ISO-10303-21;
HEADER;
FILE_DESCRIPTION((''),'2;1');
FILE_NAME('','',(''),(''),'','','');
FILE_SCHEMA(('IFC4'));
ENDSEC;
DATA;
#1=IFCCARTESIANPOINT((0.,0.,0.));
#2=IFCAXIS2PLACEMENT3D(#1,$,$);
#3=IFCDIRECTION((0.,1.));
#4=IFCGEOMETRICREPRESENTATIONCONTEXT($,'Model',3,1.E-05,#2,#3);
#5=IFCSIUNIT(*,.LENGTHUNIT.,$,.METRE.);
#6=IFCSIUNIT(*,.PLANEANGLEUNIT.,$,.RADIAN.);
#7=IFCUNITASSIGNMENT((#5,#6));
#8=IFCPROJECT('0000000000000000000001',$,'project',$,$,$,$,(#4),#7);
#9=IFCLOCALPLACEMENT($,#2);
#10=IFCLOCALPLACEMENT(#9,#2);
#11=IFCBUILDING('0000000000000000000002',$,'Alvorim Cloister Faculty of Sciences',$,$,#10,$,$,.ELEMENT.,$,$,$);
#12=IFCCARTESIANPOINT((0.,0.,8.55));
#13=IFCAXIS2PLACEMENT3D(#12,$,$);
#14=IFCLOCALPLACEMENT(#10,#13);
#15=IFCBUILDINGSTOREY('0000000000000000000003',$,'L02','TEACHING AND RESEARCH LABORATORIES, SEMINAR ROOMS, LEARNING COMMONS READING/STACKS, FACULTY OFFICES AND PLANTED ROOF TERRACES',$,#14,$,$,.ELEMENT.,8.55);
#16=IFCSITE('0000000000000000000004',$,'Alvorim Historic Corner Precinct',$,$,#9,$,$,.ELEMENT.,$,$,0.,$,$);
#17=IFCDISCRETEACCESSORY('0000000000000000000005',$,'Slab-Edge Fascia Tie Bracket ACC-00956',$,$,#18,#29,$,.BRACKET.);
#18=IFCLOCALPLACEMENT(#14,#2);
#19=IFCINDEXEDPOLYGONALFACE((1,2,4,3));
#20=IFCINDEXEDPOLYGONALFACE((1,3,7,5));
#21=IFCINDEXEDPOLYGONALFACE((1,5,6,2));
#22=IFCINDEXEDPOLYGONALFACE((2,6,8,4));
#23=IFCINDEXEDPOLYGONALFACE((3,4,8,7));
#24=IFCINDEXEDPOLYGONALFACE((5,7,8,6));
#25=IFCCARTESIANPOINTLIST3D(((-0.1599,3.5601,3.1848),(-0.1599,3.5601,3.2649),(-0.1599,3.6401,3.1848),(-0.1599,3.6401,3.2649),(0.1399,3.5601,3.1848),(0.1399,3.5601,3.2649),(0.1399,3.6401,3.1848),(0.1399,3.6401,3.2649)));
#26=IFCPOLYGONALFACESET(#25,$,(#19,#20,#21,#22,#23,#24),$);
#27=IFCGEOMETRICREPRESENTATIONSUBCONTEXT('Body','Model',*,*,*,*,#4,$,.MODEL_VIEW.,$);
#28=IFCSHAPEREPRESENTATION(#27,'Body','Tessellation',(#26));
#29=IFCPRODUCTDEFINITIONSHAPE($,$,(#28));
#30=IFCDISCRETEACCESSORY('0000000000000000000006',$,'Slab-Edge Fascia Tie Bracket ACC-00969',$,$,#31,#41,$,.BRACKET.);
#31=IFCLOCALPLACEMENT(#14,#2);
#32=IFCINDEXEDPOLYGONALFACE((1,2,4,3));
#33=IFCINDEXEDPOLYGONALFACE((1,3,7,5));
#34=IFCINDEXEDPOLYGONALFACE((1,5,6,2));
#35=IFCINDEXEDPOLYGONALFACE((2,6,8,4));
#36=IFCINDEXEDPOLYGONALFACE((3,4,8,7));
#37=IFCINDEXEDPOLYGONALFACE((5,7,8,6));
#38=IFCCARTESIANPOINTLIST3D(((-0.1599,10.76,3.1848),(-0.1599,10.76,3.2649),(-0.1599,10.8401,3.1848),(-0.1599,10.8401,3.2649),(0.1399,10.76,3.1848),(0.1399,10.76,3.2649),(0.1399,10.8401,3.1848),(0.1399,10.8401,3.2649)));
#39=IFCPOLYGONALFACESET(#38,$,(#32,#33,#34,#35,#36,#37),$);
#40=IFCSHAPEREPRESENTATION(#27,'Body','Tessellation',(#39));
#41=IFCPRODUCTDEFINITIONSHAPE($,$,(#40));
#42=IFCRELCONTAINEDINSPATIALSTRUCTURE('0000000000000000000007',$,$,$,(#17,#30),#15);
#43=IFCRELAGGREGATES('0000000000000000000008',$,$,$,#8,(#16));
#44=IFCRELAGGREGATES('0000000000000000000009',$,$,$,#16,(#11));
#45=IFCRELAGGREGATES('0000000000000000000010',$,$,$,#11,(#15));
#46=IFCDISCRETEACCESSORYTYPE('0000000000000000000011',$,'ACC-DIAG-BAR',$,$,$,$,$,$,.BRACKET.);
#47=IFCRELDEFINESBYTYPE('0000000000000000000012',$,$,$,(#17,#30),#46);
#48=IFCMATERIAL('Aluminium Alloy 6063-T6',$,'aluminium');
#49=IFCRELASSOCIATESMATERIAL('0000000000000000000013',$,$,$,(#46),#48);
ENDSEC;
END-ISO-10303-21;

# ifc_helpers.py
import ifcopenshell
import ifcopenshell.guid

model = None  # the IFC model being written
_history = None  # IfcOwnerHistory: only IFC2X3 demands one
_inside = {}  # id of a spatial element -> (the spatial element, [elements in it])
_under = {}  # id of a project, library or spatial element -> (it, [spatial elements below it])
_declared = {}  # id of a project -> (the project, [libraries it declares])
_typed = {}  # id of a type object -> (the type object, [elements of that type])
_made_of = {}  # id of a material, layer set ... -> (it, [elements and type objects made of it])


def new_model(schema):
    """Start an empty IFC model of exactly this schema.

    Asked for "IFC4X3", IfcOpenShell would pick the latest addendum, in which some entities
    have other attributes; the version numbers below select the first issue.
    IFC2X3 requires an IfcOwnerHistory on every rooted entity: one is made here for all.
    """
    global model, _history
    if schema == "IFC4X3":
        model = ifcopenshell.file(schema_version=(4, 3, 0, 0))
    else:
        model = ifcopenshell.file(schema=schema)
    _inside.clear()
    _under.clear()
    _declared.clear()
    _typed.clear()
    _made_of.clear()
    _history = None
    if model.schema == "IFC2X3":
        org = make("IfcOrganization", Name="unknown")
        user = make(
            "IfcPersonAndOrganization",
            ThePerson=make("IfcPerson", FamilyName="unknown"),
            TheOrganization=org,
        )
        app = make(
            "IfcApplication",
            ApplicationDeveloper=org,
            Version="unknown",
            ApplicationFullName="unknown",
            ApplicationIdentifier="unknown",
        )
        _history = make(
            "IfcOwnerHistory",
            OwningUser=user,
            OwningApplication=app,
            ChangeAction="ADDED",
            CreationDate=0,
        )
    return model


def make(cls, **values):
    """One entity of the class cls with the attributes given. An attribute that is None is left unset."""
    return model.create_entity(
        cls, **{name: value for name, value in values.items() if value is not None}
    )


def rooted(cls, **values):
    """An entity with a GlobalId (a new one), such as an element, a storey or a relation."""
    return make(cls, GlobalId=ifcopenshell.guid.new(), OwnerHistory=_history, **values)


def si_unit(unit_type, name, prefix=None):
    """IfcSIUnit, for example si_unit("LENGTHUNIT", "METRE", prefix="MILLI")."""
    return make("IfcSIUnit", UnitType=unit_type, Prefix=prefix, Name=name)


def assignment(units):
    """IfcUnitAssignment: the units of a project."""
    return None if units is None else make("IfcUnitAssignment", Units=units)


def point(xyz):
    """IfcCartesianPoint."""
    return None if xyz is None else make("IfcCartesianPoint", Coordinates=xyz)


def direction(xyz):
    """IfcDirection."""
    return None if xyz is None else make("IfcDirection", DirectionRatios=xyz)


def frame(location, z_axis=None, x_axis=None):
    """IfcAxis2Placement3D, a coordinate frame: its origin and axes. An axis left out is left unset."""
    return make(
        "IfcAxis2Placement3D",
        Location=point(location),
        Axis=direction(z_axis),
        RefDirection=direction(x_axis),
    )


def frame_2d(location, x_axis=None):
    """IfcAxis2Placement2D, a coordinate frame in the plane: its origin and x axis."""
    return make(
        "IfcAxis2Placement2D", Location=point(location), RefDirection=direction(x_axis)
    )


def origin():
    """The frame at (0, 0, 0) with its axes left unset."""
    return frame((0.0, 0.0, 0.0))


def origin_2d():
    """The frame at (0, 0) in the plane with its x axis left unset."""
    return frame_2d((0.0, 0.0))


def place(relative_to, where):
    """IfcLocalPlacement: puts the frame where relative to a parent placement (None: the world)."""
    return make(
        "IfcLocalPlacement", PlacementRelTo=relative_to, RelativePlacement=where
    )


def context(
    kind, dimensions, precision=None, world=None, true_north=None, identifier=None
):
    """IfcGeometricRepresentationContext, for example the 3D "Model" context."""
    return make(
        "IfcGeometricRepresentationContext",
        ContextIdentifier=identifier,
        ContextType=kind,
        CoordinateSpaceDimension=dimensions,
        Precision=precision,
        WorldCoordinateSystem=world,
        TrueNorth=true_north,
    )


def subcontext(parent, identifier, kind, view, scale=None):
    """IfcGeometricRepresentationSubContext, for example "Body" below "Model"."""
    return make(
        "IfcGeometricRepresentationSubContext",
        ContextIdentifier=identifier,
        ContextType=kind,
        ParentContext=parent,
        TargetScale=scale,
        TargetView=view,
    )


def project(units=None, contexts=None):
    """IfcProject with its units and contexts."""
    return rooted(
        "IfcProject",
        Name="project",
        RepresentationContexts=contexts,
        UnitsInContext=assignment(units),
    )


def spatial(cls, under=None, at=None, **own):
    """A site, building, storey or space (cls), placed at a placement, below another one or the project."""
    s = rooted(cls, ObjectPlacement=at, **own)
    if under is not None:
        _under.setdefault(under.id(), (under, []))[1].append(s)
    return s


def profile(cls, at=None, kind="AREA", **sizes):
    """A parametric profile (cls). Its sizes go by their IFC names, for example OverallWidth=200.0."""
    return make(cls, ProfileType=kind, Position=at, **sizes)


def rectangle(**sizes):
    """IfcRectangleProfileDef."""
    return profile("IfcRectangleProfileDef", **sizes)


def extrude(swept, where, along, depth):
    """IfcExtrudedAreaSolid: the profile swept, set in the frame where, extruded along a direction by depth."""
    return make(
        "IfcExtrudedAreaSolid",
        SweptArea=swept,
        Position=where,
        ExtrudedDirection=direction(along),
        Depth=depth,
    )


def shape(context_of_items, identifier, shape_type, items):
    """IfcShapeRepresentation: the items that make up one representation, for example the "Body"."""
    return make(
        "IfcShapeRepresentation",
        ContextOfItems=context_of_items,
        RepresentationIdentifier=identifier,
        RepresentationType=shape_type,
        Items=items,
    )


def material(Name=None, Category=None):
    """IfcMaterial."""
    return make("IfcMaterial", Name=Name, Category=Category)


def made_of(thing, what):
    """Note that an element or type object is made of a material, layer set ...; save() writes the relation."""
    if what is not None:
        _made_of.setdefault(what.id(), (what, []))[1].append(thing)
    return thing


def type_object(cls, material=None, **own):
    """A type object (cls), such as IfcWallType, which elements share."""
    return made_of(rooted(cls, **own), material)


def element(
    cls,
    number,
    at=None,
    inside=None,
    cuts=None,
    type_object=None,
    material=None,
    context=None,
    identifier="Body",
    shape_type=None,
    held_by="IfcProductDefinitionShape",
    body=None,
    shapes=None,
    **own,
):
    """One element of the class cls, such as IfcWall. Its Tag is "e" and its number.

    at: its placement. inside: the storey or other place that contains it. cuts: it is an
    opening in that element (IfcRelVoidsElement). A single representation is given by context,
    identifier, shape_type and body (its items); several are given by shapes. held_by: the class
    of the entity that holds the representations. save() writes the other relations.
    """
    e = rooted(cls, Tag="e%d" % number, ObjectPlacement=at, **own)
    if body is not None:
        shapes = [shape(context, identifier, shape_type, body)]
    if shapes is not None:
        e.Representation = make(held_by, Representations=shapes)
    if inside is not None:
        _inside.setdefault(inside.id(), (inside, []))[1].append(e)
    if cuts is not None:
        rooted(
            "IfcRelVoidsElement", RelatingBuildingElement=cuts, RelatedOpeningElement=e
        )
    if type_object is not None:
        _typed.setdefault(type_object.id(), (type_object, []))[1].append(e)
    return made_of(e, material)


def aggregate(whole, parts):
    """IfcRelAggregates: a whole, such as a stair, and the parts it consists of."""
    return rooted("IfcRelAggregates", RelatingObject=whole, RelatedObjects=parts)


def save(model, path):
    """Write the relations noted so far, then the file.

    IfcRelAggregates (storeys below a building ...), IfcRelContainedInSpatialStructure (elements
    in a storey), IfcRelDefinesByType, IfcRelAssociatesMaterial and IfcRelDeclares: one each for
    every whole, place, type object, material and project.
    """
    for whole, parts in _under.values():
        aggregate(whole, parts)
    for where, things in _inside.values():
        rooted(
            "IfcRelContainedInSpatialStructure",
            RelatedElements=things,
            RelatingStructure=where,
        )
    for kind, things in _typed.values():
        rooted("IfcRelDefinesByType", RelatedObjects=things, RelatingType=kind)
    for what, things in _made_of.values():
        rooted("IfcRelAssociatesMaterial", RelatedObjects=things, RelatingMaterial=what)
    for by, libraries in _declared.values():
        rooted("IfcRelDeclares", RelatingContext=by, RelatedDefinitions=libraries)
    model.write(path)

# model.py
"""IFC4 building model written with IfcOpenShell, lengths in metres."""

from ifc_helpers import new_model, si_unit, direction, frame, origin, origin_2d, place, context, subcontext, project, spatial, rectangle, extrude, material, type_object, element, save


model = new_model("IFC4")

# Units and contexts
model_context = context("Model", 3, precision=1e-05, world=origin(), true_north=direction((0.0, 1.0)))
body_context = subcontext(model_context, "Body", "Model", "MODEL_VIEW")
ifc_project = project(units=[si_unit("LENGTHUNIT", "METRE"), si_unit("PLANEANGLEUNIT", "RADIAN")], contexts=[model_context])

# Site, building, storey
site_placement = place(None, origin())
site = spatial("IfcSite", under=ifc_project, at=site_placement, Name="Alvorim Historic Corner Precinct", CompositionType="ELEMENT", RefElevation=0.0)
building_placement = place(site_placement, origin())
building = spatial("IfcBuilding", under=site, at=building_placement, Name="Alvorim Cloister Faculty of Sciences", CompositionType="ELEMENT")
storey_placement = place(building_placement, frame((0.0, 0.0, 8.55)))
storey = spatial("IfcBuildingStorey", under=building, at=storey_placement, Name="L02", Description="TEACHING AND RESEARCH LABORATORIES, SEMINAR ROOMS, LEARNING COMMONS READING/STACKS, FACULTY OFFICES AND PLANTED ROOF TERRACES", CompositionType="ELEMENT", Elevation=8.55)

# Shared definitions
ifc_material_1 = material(Name="Aluminium Alloy 6063-T6", Category="aluminium")

# Discrete accessories
discrete_accessory_type = type_object("IfcDiscreteAccessoryType", Name="ACC-DIAG-BAR", PredefinedType="BRACKET", material=ifc_material_1)
for number, where, z_axis, x_axis, name in (
    (1, (0.1399, 3.6001, 3.2249), (-1.0, 0.0, 0.0), (0.0, -1.0, 0.0), "Slab-Edge Fascia Tie Bracket ACC-00956"),
    (2, (0.1399, 10.8, 3.2249), (-1.0, 0.0, 0.0), (0.0, -1.0, 0.0), "Slab-Edge Fascia Tie Bracket ACC-00969"),
):
    element("IfcDiscreteAccessory", number, at=place(storey_placement, frame(where, z_axis=z_axis, x_axis=x_axis)), inside=storey, type_object=discrete_accessory_type, Name=name, PredefinedType="BRACKET", context=body_context, shape_type="SweptSolid", body=[
        extrude(rectangle(XDim=0.0801, YDim=0.0801, at=origin_2d()), origin(), (0.0, 0.0, 1.0), 0.2998),
    ])

save(model, "model.ifc")
